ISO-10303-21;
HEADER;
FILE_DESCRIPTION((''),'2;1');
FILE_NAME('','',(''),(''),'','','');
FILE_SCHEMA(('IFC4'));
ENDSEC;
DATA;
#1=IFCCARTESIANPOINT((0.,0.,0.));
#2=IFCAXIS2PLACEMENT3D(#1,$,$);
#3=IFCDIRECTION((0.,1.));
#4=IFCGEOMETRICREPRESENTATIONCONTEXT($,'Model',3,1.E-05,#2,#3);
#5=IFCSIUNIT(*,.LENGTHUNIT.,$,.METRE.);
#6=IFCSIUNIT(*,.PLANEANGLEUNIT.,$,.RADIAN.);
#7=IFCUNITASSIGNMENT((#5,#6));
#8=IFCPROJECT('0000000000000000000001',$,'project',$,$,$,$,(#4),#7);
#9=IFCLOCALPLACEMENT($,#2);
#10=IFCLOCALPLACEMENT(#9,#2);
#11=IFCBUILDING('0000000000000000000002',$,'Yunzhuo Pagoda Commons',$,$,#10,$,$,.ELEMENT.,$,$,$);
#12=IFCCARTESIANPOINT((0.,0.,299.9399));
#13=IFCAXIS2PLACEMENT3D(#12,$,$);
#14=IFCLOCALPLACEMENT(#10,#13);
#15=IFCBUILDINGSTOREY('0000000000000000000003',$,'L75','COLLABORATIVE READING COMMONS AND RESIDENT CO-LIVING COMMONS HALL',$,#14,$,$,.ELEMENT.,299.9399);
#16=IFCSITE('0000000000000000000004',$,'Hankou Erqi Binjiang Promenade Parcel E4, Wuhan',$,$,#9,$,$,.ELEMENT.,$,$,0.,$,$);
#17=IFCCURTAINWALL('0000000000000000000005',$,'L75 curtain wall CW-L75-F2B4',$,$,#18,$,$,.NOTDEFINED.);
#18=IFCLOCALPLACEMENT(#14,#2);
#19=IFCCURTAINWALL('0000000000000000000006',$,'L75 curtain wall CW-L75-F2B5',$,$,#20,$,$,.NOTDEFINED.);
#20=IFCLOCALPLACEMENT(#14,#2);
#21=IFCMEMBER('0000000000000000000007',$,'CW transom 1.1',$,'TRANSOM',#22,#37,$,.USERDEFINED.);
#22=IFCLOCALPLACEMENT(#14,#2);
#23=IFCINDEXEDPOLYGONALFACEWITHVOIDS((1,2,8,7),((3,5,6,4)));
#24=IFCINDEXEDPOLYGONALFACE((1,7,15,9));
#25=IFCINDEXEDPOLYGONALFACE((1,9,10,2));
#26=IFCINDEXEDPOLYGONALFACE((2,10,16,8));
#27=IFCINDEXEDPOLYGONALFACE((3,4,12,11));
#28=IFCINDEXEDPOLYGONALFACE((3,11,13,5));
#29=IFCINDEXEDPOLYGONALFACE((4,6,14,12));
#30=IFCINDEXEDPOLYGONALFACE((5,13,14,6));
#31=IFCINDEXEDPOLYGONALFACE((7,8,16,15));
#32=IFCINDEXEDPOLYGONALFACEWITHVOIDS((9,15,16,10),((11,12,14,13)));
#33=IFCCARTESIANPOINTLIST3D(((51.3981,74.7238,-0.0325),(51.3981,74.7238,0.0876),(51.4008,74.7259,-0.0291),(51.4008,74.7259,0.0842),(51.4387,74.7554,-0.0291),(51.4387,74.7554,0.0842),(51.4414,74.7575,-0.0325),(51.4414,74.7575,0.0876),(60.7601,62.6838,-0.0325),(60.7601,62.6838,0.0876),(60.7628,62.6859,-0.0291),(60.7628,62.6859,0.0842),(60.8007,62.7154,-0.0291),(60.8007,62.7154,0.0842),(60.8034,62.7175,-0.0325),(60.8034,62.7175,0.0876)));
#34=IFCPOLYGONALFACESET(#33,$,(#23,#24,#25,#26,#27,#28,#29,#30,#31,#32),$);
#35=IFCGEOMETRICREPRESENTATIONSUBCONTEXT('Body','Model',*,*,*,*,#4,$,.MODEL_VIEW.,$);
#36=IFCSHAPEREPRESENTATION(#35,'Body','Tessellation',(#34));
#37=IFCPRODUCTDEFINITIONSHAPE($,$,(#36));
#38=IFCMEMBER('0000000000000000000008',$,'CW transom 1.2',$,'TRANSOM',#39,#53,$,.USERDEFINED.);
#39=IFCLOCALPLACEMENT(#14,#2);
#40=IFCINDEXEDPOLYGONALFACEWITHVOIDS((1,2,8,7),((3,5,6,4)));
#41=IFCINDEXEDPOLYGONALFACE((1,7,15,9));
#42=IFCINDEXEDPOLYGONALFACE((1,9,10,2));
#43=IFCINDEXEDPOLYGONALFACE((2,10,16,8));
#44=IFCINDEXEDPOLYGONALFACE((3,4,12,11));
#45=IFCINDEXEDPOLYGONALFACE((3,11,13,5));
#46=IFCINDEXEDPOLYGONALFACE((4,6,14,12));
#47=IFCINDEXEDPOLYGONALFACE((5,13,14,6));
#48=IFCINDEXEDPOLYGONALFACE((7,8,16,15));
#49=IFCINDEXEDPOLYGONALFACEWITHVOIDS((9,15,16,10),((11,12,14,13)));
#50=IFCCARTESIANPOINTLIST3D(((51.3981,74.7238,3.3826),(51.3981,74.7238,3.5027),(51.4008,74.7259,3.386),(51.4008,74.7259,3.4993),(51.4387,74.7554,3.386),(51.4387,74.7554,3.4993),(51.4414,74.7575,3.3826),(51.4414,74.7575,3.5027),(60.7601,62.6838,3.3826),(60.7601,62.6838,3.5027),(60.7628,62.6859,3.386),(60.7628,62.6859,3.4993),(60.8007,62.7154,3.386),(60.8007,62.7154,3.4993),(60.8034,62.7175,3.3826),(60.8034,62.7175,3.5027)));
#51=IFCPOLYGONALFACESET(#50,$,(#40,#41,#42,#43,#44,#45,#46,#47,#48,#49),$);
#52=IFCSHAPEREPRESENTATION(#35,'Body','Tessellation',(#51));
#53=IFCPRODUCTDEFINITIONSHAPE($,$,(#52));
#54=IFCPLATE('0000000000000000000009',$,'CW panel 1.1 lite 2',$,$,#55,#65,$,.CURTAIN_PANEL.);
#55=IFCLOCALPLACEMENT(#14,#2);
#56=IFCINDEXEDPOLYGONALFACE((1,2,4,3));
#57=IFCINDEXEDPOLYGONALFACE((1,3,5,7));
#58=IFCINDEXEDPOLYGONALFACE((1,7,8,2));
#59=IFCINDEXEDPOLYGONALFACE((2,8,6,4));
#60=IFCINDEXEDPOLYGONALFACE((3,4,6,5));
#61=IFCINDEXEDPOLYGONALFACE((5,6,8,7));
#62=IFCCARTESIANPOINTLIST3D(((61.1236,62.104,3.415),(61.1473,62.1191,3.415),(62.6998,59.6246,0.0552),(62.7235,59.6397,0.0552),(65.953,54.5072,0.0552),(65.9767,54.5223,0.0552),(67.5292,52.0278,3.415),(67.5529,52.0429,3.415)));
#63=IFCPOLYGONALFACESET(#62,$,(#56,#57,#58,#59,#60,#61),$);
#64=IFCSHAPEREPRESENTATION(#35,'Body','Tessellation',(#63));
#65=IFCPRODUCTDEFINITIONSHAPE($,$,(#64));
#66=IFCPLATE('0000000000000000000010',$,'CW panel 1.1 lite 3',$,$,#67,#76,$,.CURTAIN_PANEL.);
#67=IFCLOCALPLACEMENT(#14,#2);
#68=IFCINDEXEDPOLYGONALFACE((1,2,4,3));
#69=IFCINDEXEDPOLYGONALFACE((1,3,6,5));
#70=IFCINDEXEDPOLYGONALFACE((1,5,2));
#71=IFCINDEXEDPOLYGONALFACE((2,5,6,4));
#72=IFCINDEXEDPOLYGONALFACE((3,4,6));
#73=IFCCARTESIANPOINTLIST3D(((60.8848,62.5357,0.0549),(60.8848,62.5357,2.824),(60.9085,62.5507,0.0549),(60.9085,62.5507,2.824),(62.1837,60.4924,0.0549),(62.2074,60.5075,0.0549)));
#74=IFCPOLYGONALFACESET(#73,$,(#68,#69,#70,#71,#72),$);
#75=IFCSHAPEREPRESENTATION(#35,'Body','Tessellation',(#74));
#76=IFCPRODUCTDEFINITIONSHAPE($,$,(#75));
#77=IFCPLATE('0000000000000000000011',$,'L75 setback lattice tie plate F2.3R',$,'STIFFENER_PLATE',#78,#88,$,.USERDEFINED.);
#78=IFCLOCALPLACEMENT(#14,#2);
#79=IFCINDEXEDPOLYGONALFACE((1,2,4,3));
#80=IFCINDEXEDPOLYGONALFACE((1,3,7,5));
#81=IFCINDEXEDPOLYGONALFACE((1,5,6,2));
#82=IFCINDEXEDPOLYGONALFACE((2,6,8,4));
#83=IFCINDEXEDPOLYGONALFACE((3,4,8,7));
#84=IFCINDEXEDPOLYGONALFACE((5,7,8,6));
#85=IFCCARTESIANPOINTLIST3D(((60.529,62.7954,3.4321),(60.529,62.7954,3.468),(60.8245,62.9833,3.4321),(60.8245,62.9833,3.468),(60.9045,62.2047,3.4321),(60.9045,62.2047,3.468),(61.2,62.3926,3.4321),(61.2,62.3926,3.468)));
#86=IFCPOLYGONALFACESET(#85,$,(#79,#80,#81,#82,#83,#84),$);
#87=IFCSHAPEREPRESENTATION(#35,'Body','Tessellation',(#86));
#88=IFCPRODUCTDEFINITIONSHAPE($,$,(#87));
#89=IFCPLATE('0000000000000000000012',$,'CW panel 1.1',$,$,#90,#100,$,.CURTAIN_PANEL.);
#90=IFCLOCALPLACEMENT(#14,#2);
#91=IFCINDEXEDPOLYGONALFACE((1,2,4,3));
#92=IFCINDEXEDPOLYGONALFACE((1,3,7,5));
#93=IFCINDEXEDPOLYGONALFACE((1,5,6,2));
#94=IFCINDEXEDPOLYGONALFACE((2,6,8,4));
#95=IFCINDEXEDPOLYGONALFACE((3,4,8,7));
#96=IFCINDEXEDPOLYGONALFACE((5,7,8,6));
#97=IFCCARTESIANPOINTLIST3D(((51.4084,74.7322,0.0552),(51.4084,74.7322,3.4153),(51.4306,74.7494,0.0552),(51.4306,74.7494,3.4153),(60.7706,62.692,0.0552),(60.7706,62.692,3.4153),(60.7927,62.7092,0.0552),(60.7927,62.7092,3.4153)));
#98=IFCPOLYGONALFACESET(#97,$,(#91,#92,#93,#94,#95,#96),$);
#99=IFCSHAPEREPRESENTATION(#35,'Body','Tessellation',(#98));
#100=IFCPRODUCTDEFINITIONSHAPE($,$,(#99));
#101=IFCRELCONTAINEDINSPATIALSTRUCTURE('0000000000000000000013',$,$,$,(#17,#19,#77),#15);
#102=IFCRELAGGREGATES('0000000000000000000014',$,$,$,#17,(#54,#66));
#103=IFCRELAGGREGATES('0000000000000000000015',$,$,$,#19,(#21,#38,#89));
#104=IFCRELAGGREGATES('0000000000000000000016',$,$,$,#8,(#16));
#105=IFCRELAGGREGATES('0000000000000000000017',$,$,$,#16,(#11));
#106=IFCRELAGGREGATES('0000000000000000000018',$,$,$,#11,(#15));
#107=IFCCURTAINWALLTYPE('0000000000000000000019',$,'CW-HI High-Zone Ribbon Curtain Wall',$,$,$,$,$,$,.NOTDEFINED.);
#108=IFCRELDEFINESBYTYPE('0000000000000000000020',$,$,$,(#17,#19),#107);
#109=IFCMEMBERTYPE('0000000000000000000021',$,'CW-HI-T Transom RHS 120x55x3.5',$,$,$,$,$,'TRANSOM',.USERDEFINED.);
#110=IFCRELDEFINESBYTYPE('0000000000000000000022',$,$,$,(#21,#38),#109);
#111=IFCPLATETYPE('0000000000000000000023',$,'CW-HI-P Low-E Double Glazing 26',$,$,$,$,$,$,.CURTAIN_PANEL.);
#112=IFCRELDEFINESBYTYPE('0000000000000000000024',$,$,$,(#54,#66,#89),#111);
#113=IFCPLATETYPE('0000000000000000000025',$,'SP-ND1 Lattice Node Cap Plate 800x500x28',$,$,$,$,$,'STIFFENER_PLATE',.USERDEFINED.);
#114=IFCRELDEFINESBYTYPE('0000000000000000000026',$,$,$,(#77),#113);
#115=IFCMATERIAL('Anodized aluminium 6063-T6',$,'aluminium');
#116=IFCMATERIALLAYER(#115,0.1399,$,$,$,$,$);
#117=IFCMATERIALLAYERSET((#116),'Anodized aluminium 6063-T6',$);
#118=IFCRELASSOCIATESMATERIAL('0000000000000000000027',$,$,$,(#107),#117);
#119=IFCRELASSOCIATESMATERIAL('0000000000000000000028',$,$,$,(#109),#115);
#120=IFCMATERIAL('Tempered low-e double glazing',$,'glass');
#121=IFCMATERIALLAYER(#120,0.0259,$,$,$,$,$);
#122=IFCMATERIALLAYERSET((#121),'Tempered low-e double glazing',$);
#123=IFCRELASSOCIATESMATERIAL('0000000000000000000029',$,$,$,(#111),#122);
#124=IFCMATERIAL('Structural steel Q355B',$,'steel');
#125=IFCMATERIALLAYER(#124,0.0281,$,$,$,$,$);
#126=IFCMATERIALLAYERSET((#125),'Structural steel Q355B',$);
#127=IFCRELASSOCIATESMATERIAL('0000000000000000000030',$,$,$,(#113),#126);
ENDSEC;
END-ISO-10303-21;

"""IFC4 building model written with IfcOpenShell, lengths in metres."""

from ifc_helpers import new_model, si_unit, direction, frame, origin, origin_2d, place, context, subcontext, project, spatial, polyline, rectangle, hollow_rectangle, outline, extrude, source, transform, mapped, material, layer, layer_set, material_profile, profile_set, type_object, element, aggregate, save


model = new_model("IFC4")

# Units and contexts
model_context = context("Model", 3, precision=1e-05, world=origin(), true_north=direction((0.0, 1.0)))
body_context = subcontext(model_context, "Body", "Model", "MODEL_VIEW")
ifc_project = project(units=[si_unit("LENGTHUNIT", "METRE"), si_unit("PLANEANGLEUNIT", "RADIAN")], contexts=[model_context])

# Site, building, storey
site_placement = place(None, origin())
site = spatial("IfcSite", under=ifc_project, at=site_placement, Name="Hankou Erqi Binjiang Promenade Parcel E4, Wuhan", CompositionType="ELEMENT", RefElevation=0.0)
building_placement = place(site_placement, origin())
building = spatial("IfcBuilding", under=site, at=building_placement, Name="Yunzhuo Pagoda Commons", CompositionType="ELEMENT")
storey_placement = place(building_placement, frame((0.0, 0.0, 299.9399)))
storey = spatial("IfcBuildingStorey", under=building, at=storey_placement, Name="L75", Description="COLLABORATIVE READING COMMONS AND RESIDENT CO-LIVING COMMONS HALL", CompositionType="ELEMENT", Elevation=299.9399)

# Shared definitions
ifc_material_1 = material(Name="Structural steel Q355B", Category="steel")

# Curtain wall
ifc_material_2 = material(Name="Anodized aluminium 6063-T6", Category="aluminium")
ifc_layer_1 = layer(ifc_material_2, 0.1399)
ifc_layer_set_1 = layer_set([ifc_layer_1], Name="Anodized aluminium 6063-T6")
curtain_wall_type = type_object("IfcCurtainWallType", Name="CW-HI High-Zone Ribbon Curtain Wall", PredefinedType="NOTDEFINED", material=ifc_layer_set_1)
curtain_wall_1_placement = place(storey_placement, origin())
curtain_wall_1 = element("IfcCurtainWall", 1, at=curtain_wall_1_placement, inside=storey, type_object=curtain_wall_type, Name="L75 curtain wall CW-L75-F2B4", PredefinedType="NOTDEFINED")

# Curtain wall, members
curtain_wall_2_placement = place(storey_placement, origin())
curtain_wall_2 = element("IfcCurtainWall", 2, at=curtain_wall_2_placement, inside=storey, type_object=curtain_wall_type, Name="L75 curtain wall CW-L75-F2B5", PredefinedType="NOTDEFINED")
ifc_material_profile_1 = material_profile(ifc_material_2, hollow_rectangle(XDim=0.0549, YDim=0.1201, WallThickness=0.0034, at=origin_2d()), Name="Anodized aluminium 6063-T6")
ifc_profile_set_1 = profile_set([ifc_material_profile_1], Name="Anodized aluminium 6063-T6")
member_type_1 = type_object("IfcMemberType", Name="CW-HI-T Transom RHS 120x55x3.5", ElementType="TRANSOM", PredefinedType="USERDEFINED", material=ifc_profile_set_1)
shared_shape_1 = source(origin(), body_context, "Body", "SweptSolid", [
    extrude(hollow_rectangle(XDim=0.0549, YDim=0.1201, WallThickness=0.0034, at=origin_2d()), origin(), (0.0, 0.0, 1.0), 15.2515),
])
member_1_placement = place(storey_placement, frame((60.7817, 62.7007, 0.0276), z_axis=(-0.613842, 0.789429, 0.0), x_axis=(-0.789429, -0.613842, 0.0)))
member_1 = element("IfcMember", 3, at=member_1_placement, type_object=member_type_1, Name="CW transom 1.1", ObjectType="TRANSOM", PredefinedType="USERDEFINED", context=body_context, shape_type="MappedRepresentation", body=[
    mapped(shared_shape_1, transform((0.0, 0.0, 0.0), scale=1.0)),
])
member_2_placement = place(storey_placement, frame((60.7817, 62.7007, 3.4426), z_axis=(-0.613842, 0.789429, 0.0), x_axis=(-0.789429, -0.613842, 0.0)))
member_2 = element("IfcMember", 4, at=member_2_placement, type_object=member_type_1, Name="CW transom 1.2", ObjectType="TRANSOM", PredefinedType="USERDEFINED", context=body_context, shape_type="MappedRepresentation", body=[
    mapped(shared_shape_1, transform((0.0, 0.0, 0.0), scale=1.0)),
])

# Plates
ifc_material_3 = material(Name="Tempered low-e double glazing", Category="glass")
ifc_layer_2 = layer(ifc_material_3, 0.0259)
ifc_layer_set_2 = layer_set([ifc_layer_2], Name="Tempered low-e double glazing")
plate_type_1 = type_object("IfcPlateType", Name="CW-HI-P Low-E Double Glazing 26", PredefinedType="CURTAIN_PANEL", material=ifc_layer_set_2)
plate_1_placement = place(storey_placement, frame((64.3264, 57.0659, 1.7351), z_axis=(0.84391, 0.536485, 0.0), x_axis=(-0.536485, 0.84391, 0.0)))
plate_1 = element("IfcPlate", 5, at=plate_1_placement, type_object=plate_type_1, Name="CW panel 1.1 lite 2", PredefinedType="CURTAIN_PANEL", context=body_context, shape_type="SweptSolid", body=[
    extrude(outline(polyline([(-5.97, 1.6799), (-3.032, -1.6799), (3.032, -1.6799), (5.97, 1.6799), (-5.97, 1.6799)])), origin(), (0.0, 0.0, 1.0), 0.0281),
])
plate_2_placement = place(storey_placement, frame((61.5342, 61.5142, 1.4395), z_axis=(0.84391, 0.536485, 0.0), x_axis=(-0.536485, 0.84391, 0.0)))
plate_2 = element("IfcPlate", 6, at=plate_2_placement, type_object=plate_type_1, Name="CW panel 1.1 lite 3", PredefinedType="CURTAIN_PANEL", context=body_context, shape_type="SweptSolid", body=[
    extrude(outline(polyline([(-1.2107, -1.3845), (1.2104, -1.3845), (1.2104, 1.3845), (-1.2107, -1.3845)])), origin(), (0.0, 0.0, 1.0), 0.0281),
])
aggregate(curtain_wall_1, [plate_1, plate_2])
ifc_layer_3 = layer(ifc_material_1, 0.0281)
ifc_layer_set_3 = layer_set([ifc_layer_3], Name="Structural steel Q355B")
plate_type_2 = type_object("IfcPlateType", Name="SP-ND1 Lattice Node Cap Plate 800x500x28", ElementType="STIFFENER_PLATE", PredefinedType="USERDEFINED", material=ifc_layer_set_3)
shared_shape_2 = source(origin(), body_context, "Body", "SweptSolid", [
    extrude(rectangle(XDim=0.7, YDim=0.3501, at=origin_2d()), origin(), (0.0, 0.0, 1.0), 0.0359),
])
plate_3_placement = place(storey_placement, frame((60.8645, 62.594, 3.4321), z_axis=(0.0, 0.0, 1.0), x_axis=(-0.53649, 0.843907, 0.0)))
element("IfcPlate", 7, at=plate_3_placement, inside=storey, type_object=plate_type_2, Name="L75 setback lattice tie plate F2.3R", ObjectType="STIFFENER_PLATE", PredefinedType="USERDEFINED", context=body_context, shape_type="MappedRepresentation", body=[
    mapped(shared_shape_2, transform((0.0, 0.0, 0.0), scale=1.0)),
])
shared_shape_3 = source(origin(), body_context, "Body", "SweptSolid", [
    extrude(rectangle(XDim=15.2517, YDim=0.0281, at=origin_2d()), origin(), (0.0, 0.0, 1.0), 3.3601),
])
plate_4_placement = place(storey_placement, frame((56.1006, 68.7207, 0.0552), z_axis=(0.0, 0.0, 1.0), x_axis=(-0.61384, 0.78943, 0.0)))
plate_4 = element("IfcPlate", 8, at=plate_4_placement, type_object=plate_type_1, Name="CW panel 1.1", PredefinedType="CURTAIN_PANEL", context=body_context, shape_type="MappedRepresentation", body=[
    mapped(shared_shape_3, transform((0.0, 0.0, 0.0), scale=1.0)),
])
aggregate(curtain_wall_2, [member_1, member_2, plate_4])

save(model, "model.ifc")
